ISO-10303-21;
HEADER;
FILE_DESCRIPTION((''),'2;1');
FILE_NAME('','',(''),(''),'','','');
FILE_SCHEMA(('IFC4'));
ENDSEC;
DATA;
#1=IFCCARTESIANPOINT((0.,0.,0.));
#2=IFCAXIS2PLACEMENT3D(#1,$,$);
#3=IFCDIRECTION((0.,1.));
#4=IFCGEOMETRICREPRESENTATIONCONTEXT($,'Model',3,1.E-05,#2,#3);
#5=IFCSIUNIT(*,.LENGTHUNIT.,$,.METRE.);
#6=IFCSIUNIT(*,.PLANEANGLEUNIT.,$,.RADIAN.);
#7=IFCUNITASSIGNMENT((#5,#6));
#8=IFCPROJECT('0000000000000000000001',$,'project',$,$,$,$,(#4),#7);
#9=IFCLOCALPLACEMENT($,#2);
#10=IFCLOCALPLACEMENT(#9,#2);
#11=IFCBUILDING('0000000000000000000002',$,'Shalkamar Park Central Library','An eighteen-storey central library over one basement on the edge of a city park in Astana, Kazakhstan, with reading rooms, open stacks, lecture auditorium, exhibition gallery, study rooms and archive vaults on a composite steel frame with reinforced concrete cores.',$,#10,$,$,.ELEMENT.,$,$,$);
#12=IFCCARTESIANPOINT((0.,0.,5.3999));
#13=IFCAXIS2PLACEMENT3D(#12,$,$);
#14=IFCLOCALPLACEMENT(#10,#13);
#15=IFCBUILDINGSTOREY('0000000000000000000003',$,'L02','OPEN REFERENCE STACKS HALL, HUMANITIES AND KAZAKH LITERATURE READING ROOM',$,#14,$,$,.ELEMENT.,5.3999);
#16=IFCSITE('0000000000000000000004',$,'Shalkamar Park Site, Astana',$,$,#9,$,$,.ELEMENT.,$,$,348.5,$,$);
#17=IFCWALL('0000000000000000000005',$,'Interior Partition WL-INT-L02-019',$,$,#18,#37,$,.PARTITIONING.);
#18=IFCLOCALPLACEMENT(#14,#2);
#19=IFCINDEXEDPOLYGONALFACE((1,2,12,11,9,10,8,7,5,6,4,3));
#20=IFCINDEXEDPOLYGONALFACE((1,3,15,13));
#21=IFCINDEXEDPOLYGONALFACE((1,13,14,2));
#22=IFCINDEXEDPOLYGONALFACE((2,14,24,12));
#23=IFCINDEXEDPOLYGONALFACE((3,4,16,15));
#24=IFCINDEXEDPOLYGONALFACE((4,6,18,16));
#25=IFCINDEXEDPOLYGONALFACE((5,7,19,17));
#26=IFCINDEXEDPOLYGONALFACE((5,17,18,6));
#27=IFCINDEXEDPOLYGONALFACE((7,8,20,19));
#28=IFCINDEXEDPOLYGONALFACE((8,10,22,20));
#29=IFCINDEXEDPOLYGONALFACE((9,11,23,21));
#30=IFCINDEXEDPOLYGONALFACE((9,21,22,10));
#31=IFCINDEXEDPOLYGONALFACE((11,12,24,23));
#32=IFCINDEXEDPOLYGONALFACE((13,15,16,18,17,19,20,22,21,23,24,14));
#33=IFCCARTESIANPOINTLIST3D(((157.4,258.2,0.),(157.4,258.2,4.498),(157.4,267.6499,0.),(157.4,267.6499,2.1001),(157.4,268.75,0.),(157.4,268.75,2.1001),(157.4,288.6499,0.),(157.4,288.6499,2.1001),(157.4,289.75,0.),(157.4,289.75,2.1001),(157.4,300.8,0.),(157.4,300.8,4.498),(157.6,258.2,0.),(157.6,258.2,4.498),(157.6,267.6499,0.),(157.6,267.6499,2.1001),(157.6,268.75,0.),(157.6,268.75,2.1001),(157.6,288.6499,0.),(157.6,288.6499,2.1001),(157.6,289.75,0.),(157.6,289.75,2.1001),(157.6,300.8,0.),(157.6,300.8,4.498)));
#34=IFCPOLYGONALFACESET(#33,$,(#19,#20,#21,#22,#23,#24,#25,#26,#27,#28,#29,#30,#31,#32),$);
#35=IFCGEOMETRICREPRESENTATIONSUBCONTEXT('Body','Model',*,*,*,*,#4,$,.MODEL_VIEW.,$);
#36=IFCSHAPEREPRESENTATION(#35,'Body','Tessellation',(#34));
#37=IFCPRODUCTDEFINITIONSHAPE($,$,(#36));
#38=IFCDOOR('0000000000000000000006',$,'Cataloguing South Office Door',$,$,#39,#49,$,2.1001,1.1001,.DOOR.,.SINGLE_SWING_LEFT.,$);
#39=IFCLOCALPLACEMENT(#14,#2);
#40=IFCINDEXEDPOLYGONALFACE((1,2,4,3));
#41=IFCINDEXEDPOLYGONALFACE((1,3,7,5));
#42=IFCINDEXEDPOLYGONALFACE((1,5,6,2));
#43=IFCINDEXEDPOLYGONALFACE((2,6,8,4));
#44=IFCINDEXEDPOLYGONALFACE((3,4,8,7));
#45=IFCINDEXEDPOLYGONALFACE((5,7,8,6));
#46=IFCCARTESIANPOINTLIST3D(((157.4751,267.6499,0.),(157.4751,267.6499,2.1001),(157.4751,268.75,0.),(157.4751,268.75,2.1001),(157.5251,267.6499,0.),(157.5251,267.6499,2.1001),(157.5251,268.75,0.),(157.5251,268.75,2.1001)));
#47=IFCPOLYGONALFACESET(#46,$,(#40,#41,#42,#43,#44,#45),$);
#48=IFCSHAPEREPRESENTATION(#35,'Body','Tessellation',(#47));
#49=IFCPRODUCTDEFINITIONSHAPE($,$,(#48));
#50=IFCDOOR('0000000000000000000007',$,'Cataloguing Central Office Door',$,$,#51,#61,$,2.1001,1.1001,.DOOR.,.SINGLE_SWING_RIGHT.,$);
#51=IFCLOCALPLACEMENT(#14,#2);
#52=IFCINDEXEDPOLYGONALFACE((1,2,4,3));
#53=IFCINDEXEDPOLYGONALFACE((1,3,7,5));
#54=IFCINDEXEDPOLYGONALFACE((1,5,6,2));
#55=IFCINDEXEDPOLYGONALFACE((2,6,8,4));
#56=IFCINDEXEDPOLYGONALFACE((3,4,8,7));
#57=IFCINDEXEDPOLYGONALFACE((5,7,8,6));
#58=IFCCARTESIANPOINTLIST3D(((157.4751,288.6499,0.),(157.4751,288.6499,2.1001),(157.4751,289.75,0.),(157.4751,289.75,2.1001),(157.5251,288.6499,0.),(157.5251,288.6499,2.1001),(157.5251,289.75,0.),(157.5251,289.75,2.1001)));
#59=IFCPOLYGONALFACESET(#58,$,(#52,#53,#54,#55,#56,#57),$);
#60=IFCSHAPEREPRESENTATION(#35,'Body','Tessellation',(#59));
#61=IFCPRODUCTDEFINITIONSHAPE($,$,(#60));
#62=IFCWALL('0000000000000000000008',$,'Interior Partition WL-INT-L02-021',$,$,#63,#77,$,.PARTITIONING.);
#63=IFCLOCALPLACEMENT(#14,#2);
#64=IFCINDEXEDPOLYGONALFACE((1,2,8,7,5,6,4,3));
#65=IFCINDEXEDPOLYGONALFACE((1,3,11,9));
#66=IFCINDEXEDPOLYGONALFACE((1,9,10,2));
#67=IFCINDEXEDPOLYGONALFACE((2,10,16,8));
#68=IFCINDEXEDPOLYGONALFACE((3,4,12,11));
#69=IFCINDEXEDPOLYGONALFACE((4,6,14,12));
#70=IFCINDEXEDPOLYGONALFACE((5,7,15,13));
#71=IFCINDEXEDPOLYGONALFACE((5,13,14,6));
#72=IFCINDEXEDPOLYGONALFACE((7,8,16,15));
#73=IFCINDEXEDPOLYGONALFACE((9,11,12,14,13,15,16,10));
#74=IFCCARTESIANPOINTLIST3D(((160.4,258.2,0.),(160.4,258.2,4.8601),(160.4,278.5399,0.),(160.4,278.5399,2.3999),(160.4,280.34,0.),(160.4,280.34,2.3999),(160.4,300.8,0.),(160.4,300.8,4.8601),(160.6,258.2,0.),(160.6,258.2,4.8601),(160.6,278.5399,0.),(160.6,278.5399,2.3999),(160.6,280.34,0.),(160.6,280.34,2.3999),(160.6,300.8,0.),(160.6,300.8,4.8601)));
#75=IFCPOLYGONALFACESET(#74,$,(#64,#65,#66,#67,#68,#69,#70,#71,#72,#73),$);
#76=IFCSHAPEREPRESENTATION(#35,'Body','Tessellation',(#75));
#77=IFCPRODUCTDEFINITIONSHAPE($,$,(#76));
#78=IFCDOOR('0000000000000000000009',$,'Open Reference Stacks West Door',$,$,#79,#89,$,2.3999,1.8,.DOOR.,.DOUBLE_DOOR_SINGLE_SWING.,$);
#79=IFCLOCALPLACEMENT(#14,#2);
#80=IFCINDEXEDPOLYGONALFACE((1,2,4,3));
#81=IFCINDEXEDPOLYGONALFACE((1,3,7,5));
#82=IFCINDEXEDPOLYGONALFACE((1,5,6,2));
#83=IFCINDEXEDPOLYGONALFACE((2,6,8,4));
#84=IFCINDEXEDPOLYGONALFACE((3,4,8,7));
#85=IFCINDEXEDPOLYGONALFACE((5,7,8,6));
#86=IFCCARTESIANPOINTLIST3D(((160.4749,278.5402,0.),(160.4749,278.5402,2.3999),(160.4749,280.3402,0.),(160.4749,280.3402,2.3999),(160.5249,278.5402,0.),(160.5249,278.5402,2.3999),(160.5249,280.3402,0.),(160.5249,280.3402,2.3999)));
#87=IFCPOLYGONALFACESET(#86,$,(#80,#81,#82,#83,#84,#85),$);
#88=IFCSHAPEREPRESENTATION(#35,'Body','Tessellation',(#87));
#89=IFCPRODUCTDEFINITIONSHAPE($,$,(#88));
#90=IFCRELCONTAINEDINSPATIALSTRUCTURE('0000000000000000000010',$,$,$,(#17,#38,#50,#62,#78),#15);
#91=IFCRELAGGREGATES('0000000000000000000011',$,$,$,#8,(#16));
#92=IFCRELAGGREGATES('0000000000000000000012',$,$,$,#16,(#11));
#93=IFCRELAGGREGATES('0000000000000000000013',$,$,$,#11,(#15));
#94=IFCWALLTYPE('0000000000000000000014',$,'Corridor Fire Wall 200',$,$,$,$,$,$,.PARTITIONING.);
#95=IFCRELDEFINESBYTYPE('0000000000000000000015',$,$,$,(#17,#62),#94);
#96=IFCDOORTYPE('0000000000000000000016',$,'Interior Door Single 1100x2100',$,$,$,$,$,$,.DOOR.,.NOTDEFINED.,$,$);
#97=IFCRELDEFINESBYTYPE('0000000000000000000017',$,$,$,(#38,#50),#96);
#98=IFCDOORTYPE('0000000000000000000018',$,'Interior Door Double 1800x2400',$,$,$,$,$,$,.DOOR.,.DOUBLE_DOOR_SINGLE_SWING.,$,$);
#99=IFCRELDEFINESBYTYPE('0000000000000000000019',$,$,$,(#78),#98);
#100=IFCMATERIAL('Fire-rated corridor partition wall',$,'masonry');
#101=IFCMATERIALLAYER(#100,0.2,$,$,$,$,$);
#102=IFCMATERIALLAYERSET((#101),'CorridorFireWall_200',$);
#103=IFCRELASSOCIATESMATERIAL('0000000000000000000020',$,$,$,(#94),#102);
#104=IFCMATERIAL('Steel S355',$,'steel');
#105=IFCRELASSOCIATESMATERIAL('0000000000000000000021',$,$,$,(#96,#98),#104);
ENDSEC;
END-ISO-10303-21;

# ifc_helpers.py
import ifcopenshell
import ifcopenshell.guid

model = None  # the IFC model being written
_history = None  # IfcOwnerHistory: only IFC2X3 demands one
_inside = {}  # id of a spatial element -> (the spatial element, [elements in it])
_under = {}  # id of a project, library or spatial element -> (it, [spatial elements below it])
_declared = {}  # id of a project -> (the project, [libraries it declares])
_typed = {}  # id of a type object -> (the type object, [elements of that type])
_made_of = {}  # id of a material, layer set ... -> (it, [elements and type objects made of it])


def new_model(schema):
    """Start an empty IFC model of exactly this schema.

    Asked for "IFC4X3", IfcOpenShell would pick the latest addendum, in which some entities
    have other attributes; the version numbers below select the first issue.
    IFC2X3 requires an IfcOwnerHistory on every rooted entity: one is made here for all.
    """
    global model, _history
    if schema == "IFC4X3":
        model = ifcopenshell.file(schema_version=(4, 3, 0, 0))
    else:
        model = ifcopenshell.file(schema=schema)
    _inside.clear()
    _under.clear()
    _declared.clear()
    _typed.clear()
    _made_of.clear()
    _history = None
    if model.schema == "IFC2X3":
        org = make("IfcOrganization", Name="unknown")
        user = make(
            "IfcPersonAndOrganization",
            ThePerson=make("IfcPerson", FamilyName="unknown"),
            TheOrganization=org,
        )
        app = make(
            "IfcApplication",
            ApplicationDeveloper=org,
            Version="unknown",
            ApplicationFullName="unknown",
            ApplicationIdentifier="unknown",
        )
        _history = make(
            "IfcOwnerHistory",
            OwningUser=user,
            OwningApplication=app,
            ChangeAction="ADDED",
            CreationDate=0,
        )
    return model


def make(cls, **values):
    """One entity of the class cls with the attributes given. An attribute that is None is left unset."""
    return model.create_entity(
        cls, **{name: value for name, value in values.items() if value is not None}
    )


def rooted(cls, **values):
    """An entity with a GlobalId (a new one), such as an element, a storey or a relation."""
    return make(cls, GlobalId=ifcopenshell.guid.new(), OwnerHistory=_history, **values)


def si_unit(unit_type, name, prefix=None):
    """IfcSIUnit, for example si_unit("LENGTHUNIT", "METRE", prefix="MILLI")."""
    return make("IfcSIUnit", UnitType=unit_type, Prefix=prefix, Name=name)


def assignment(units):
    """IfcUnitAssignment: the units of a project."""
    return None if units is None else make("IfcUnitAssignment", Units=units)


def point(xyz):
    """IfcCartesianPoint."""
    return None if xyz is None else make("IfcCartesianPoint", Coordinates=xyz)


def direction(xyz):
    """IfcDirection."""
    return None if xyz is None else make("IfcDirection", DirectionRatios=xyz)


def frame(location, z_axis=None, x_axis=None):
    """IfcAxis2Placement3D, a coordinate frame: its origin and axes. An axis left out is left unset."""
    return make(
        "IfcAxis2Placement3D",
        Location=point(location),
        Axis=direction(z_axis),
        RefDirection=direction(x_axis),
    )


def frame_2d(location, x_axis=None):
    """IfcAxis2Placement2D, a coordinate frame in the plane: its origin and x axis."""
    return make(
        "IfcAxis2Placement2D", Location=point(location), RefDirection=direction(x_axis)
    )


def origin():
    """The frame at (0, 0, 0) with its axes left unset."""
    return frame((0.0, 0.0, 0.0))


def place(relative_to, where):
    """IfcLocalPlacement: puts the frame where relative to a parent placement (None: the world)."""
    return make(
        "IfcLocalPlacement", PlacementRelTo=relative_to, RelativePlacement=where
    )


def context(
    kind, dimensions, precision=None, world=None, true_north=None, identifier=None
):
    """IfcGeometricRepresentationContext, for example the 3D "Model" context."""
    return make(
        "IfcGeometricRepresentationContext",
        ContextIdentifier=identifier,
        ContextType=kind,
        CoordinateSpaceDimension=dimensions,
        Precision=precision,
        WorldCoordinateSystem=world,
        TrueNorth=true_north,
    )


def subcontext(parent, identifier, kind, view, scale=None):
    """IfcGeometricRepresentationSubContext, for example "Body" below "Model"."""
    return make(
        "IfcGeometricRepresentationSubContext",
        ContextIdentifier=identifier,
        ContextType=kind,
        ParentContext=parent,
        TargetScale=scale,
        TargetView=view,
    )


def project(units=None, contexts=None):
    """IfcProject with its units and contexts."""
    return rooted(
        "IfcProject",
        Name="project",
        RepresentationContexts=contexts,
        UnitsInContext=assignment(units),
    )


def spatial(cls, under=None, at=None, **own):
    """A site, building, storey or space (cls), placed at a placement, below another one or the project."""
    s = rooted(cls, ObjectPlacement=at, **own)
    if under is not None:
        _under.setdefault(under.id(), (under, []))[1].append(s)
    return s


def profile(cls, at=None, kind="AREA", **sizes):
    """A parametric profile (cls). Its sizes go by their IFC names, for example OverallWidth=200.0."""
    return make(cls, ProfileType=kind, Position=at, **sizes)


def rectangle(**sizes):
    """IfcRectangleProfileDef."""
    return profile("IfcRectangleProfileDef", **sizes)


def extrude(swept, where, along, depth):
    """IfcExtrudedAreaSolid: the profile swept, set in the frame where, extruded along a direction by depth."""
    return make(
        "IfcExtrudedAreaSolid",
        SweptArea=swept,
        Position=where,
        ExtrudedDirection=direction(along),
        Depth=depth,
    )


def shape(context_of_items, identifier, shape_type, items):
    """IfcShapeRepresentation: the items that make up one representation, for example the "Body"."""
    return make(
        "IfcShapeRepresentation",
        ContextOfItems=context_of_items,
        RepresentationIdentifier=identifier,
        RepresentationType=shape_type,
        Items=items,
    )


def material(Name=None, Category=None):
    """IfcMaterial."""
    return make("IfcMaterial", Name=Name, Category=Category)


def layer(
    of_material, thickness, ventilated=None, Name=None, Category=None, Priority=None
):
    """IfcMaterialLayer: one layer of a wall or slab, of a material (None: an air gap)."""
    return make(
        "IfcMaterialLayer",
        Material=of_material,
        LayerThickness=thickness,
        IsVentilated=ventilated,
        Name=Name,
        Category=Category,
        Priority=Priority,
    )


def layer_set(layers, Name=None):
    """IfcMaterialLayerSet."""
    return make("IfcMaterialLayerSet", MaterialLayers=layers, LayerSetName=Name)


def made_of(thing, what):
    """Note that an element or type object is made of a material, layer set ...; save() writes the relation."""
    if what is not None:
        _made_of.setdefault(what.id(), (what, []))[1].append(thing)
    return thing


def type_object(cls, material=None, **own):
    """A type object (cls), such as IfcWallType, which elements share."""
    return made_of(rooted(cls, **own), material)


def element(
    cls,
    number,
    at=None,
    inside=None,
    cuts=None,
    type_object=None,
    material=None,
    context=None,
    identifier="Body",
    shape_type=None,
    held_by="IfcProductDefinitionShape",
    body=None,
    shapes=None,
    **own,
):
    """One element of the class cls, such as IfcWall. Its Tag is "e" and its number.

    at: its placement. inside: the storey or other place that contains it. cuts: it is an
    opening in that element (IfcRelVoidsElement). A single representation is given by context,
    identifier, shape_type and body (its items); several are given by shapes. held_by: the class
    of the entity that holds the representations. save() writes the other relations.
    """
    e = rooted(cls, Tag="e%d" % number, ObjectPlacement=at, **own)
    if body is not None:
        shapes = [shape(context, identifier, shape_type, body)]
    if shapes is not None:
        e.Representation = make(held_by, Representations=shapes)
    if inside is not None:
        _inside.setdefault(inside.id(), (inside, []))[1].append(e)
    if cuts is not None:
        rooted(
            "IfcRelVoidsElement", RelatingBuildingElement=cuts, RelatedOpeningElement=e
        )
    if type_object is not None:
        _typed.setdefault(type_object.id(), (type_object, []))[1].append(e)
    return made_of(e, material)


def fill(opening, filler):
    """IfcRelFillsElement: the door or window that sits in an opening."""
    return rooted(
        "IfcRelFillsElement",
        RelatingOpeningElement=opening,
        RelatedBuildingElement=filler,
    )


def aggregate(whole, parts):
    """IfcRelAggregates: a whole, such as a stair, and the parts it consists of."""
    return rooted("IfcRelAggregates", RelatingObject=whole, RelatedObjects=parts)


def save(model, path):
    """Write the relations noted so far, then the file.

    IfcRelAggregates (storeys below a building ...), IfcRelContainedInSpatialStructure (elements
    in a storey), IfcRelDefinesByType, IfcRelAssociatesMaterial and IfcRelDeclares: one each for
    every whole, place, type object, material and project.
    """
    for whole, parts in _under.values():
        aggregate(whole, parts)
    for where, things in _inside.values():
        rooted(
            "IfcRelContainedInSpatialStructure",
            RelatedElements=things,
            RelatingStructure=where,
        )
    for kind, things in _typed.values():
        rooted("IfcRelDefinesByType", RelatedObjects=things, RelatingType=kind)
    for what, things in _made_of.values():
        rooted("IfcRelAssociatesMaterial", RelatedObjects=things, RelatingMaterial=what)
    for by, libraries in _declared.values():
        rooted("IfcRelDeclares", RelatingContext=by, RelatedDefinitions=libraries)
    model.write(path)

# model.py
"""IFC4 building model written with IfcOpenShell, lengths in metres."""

from ifc_helpers import new_model, si_unit, direction, frame, frame_2d, origin, place, context, subcontext, project, spatial, rectangle, extrude, material, layer, layer_set, type_object, element, fill, save


model = new_model("IFC4")

# Units and contexts
model_context = context("Model", 3, precision=1e-05, world=origin(), true_north=direction((0.0, 1.0)))
body_context = subcontext(model_context, "Body", "Model", "MODEL_VIEW")
ifc_project = project(units=[si_unit("LENGTHUNIT", "METRE"), si_unit("PLANEANGLEUNIT", "RADIAN")], contexts=[model_context])

# Site, building, storey
site_placement = place(None, origin())
site = spatial("IfcSite", under=ifc_project, at=site_placement, Name="Shalkamar Park Site, Astana", CompositionType="ELEMENT", RefElevation=348.5)
building_placement = place(site_placement, origin())
building = spatial("IfcBuilding", under=site, at=building_placement, Name="Shalkamar Park Central Library", Description="An eighteen-storey central library over one basement on the edge of a city park in Astana, Kazakhstan, with reading rooms, open stacks, lecture auditorium, exhibition gallery, study rooms and archive vaults on a composite steel frame with reinforced concrete cores.", CompositionType="ELEMENT")
storey_placement = place(building_placement, frame((0.0, 0.0, 5.3999)))
storey = spatial("IfcBuildingStorey", under=building, at=storey_placement, Name="L02", Description="OPEN REFERENCE STACKS HALL, HUMANITIES AND KAZAKH LITERATURE READING ROOM", CompositionType="ELEMENT", Elevation=5.3999)

# Shared definitions
ifc_material_1 = material(Name="Steel S355", Category="steel")

# Shared definitions
ifc_material_2 = material(Name="Fire-rated corridor partition wall", Category="masonry")
ifc_layer_1 = layer(ifc_material_2, 0.2)
ifc_layer_set_1 = layer_set([ifc_layer_1], Name="CorridorFireWall_200")
wall_type_1 = type_object("IfcWallType", Name="Corridor Fire Wall 200", PredefinedType="PARTITIONING", material=ifc_layer_set_1)

# Wall, openings, doors
wall_1_placement = place(storey_placement, frame((157.5, 258.2, 0.0), z_axis=(0.0, 0.0, 1.0), x_axis=(0.0, 1.0, 0.0)))
wall_1 = element("IfcWall", 1, at=wall_1_placement, inside=storey, type_object=wall_type_1, Name="Interior Partition WL-INT-L02-019", PredefinedType="PARTITIONING", context=body_context, shape_type="SweptSolid", body=[
    extrude(rectangle(XDim=42.6001, YDim=0.2, at=frame_2d((21.3, 0.0))), origin(), (0.0, 0.0, 1.0), 4.498),
])
opening_1_placement = place(wall_1_placement, frame((9.45, 0.0, 0.0)))
opening_1 = element("IfcOpeningElement", 2, at=opening_1_placement, cuts=wall_1, PredefinedType="OPENING", context=body_context, shape_type="SweptSolid", body=[
    extrude(rectangle(XDim=1.1001, YDim=2.1001, at=frame_2d((0.55, 1.05))), frame((0.0, 0.1147, 0.0), z_axis=(0.0, -1.0, 0.0), x_axis=(1.0, 0.0, 0.0)), (0.0, 0.0, 1.0), 0.2297),
])
opening_2_placement = place(wall_1_placement, frame((30.45, 0.0, 0.0)))
opening_2 = element("IfcOpeningElement", 3, at=opening_2_placement, cuts=wall_1, PredefinedType="OPENING", context=body_context, shape_type="SweptSolid", body=[
    extrude(rectangle(XDim=1.1001, YDim=2.1001, at=frame_2d((0.55, 1.05))), frame((0.0, 0.1147, 0.0), z_axis=(0.0, -1.0, 0.0), x_axis=(1.0, 0.0, 0.0)), (0.0, 0.0, 1.0), 0.2297),
])
door_type_1 = type_object("IfcDoorType", Name="Interior Door Single 1100x2100", OperationType="NOTDEFINED", PredefinedType="DOOR", material=ifc_material_1)
door_1_placement = place(opening_1_placement, origin())
door_1 = element("IfcDoor", 4, at=door_1_placement, inside=storey, type_object=door_type_1, Name="Cataloguing South Office Door", OperationType="SINGLE_SWING_LEFT", OverallHeight=2.1001, OverallWidth=1.1001, PredefinedType="DOOR", context=body_context, shape_type="SweptSolid", body=[
    extrude(rectangle(XDim=1.1001, YDim=2.1001, at=frame_2d((0.55, 1.05))), frame((0.0, 0.0249, 0.0), z_axis=(0.0, -1.0, 0.0), x_axis=(1.0, 0.0, 0.0)), (0.0, 0.0, 1.0), 0.05),
])
fill(opening_1, door_1)
door_2_placement = place(opening_2_placement, origin())
door_2 = element("IfcDoor", 5, at=door_2_placement, inside=storey, type_object=door_type_1, Name="Cataloguing Central Office Door", OperationType="SINGLE_SWING_RIGHT", OverallHeight=2.1001, OverallWidth=1.1001, PredefinedType="DOOR", context=body_context, shape_type="SweptSolid", body=[
    extrude(rectangle(XDim=1.1001, YDim=2.1001, at=frame_2d((0.55, 1.05))), frame((0.0, 0.0249, 0.0), z_axis=(0.0, -1.0, 0.0), x_axis=(1.0, 0.0, 0.0)), (0.0, 0.0, 1.0), 0.05),
])
fill(opening_2, door_2)

# Wall, opening, door
wall_2_placement = place(storey_placement, frame((160.5, 258.2, 0.0), z_axis=(0.0, 0.0, 1.0), x_axis=(0.0, 1.0, 0.0)))
wall_2 = element("IfcWall", 6, at=wall_2_placement, inside=storey, type_object=wall_type_1, Name="Interior Partition WL-INT-L02-021", PredefinedType="PARTITIONING", context=body_context, shape_type="SweptSolid", body=[
    extrude(rectangle(XDim=42.6001, YDim=0.2, at=frame_2d((21.3, 0.0))), origin(), (0.0, 0.0, 1.0), 4.8601),
])
opening_3_placement = place(wall_2_placement, frame((20.3401, 0.0, 0.0)))
opening_3 = element("IfcOpeningElement", 7, at=opening_3_placement, cuts=wall_2, PredefinedType="OPENING", context=body_context, shape_type="SweptSolid", body=[
    extrude(rectangle(XDim=1.8, YDim=2.3999, at=frame_2d((0.8999, 1.2))), frame((0.0, 0.1147, 0.0), z_axis=(0.0, -1.0, 0.0), x_axis=(1.0, 0.0, 0.0)), (0.0, 0.0, 1.0), 0.2297),
])
door_type_2 = type_object("IfcDoorType", Name="Interior Door Double 1800x2400", OperationType="DOUBLE_DOOR_SINGLE_SWING", PredefinedType="DOOR", material=ifc_material_1)
door_3_placement = place(opening_3_placement, frame((1.8, 0.0, 0.0), z_axis=(0.0, 0.0, 1.0), x_axis=(-1.0, 0.0, 0.0)))
door_3 = element("IfcDoor", 8, at=door_3_placement, inside=storey, type_object=door_type_2, Name="Open Reference Stacks West Door", OperationType="DOUBLE_DOOR_SINGLE_SWING", OverallHeight=2.3999, OverallWidth=1.8, PredefinedType="DOOR", context=body_context, shape_type="SweptSolid", body=[
    extrude(rectangle(XDim=1.8, YDim=2.3999, at=frame_2d((0.8999, 1.2))), frame((0.0, 0.0249, 0.0), z_axis=(0.0, -1.0, 0.0), x_axis=(1.0, 0.0, 0.0)), (0.0, 0.0, 1.0), 0.05),
])
fill(opening_3, door_3)

save(model, "model.ifc")
